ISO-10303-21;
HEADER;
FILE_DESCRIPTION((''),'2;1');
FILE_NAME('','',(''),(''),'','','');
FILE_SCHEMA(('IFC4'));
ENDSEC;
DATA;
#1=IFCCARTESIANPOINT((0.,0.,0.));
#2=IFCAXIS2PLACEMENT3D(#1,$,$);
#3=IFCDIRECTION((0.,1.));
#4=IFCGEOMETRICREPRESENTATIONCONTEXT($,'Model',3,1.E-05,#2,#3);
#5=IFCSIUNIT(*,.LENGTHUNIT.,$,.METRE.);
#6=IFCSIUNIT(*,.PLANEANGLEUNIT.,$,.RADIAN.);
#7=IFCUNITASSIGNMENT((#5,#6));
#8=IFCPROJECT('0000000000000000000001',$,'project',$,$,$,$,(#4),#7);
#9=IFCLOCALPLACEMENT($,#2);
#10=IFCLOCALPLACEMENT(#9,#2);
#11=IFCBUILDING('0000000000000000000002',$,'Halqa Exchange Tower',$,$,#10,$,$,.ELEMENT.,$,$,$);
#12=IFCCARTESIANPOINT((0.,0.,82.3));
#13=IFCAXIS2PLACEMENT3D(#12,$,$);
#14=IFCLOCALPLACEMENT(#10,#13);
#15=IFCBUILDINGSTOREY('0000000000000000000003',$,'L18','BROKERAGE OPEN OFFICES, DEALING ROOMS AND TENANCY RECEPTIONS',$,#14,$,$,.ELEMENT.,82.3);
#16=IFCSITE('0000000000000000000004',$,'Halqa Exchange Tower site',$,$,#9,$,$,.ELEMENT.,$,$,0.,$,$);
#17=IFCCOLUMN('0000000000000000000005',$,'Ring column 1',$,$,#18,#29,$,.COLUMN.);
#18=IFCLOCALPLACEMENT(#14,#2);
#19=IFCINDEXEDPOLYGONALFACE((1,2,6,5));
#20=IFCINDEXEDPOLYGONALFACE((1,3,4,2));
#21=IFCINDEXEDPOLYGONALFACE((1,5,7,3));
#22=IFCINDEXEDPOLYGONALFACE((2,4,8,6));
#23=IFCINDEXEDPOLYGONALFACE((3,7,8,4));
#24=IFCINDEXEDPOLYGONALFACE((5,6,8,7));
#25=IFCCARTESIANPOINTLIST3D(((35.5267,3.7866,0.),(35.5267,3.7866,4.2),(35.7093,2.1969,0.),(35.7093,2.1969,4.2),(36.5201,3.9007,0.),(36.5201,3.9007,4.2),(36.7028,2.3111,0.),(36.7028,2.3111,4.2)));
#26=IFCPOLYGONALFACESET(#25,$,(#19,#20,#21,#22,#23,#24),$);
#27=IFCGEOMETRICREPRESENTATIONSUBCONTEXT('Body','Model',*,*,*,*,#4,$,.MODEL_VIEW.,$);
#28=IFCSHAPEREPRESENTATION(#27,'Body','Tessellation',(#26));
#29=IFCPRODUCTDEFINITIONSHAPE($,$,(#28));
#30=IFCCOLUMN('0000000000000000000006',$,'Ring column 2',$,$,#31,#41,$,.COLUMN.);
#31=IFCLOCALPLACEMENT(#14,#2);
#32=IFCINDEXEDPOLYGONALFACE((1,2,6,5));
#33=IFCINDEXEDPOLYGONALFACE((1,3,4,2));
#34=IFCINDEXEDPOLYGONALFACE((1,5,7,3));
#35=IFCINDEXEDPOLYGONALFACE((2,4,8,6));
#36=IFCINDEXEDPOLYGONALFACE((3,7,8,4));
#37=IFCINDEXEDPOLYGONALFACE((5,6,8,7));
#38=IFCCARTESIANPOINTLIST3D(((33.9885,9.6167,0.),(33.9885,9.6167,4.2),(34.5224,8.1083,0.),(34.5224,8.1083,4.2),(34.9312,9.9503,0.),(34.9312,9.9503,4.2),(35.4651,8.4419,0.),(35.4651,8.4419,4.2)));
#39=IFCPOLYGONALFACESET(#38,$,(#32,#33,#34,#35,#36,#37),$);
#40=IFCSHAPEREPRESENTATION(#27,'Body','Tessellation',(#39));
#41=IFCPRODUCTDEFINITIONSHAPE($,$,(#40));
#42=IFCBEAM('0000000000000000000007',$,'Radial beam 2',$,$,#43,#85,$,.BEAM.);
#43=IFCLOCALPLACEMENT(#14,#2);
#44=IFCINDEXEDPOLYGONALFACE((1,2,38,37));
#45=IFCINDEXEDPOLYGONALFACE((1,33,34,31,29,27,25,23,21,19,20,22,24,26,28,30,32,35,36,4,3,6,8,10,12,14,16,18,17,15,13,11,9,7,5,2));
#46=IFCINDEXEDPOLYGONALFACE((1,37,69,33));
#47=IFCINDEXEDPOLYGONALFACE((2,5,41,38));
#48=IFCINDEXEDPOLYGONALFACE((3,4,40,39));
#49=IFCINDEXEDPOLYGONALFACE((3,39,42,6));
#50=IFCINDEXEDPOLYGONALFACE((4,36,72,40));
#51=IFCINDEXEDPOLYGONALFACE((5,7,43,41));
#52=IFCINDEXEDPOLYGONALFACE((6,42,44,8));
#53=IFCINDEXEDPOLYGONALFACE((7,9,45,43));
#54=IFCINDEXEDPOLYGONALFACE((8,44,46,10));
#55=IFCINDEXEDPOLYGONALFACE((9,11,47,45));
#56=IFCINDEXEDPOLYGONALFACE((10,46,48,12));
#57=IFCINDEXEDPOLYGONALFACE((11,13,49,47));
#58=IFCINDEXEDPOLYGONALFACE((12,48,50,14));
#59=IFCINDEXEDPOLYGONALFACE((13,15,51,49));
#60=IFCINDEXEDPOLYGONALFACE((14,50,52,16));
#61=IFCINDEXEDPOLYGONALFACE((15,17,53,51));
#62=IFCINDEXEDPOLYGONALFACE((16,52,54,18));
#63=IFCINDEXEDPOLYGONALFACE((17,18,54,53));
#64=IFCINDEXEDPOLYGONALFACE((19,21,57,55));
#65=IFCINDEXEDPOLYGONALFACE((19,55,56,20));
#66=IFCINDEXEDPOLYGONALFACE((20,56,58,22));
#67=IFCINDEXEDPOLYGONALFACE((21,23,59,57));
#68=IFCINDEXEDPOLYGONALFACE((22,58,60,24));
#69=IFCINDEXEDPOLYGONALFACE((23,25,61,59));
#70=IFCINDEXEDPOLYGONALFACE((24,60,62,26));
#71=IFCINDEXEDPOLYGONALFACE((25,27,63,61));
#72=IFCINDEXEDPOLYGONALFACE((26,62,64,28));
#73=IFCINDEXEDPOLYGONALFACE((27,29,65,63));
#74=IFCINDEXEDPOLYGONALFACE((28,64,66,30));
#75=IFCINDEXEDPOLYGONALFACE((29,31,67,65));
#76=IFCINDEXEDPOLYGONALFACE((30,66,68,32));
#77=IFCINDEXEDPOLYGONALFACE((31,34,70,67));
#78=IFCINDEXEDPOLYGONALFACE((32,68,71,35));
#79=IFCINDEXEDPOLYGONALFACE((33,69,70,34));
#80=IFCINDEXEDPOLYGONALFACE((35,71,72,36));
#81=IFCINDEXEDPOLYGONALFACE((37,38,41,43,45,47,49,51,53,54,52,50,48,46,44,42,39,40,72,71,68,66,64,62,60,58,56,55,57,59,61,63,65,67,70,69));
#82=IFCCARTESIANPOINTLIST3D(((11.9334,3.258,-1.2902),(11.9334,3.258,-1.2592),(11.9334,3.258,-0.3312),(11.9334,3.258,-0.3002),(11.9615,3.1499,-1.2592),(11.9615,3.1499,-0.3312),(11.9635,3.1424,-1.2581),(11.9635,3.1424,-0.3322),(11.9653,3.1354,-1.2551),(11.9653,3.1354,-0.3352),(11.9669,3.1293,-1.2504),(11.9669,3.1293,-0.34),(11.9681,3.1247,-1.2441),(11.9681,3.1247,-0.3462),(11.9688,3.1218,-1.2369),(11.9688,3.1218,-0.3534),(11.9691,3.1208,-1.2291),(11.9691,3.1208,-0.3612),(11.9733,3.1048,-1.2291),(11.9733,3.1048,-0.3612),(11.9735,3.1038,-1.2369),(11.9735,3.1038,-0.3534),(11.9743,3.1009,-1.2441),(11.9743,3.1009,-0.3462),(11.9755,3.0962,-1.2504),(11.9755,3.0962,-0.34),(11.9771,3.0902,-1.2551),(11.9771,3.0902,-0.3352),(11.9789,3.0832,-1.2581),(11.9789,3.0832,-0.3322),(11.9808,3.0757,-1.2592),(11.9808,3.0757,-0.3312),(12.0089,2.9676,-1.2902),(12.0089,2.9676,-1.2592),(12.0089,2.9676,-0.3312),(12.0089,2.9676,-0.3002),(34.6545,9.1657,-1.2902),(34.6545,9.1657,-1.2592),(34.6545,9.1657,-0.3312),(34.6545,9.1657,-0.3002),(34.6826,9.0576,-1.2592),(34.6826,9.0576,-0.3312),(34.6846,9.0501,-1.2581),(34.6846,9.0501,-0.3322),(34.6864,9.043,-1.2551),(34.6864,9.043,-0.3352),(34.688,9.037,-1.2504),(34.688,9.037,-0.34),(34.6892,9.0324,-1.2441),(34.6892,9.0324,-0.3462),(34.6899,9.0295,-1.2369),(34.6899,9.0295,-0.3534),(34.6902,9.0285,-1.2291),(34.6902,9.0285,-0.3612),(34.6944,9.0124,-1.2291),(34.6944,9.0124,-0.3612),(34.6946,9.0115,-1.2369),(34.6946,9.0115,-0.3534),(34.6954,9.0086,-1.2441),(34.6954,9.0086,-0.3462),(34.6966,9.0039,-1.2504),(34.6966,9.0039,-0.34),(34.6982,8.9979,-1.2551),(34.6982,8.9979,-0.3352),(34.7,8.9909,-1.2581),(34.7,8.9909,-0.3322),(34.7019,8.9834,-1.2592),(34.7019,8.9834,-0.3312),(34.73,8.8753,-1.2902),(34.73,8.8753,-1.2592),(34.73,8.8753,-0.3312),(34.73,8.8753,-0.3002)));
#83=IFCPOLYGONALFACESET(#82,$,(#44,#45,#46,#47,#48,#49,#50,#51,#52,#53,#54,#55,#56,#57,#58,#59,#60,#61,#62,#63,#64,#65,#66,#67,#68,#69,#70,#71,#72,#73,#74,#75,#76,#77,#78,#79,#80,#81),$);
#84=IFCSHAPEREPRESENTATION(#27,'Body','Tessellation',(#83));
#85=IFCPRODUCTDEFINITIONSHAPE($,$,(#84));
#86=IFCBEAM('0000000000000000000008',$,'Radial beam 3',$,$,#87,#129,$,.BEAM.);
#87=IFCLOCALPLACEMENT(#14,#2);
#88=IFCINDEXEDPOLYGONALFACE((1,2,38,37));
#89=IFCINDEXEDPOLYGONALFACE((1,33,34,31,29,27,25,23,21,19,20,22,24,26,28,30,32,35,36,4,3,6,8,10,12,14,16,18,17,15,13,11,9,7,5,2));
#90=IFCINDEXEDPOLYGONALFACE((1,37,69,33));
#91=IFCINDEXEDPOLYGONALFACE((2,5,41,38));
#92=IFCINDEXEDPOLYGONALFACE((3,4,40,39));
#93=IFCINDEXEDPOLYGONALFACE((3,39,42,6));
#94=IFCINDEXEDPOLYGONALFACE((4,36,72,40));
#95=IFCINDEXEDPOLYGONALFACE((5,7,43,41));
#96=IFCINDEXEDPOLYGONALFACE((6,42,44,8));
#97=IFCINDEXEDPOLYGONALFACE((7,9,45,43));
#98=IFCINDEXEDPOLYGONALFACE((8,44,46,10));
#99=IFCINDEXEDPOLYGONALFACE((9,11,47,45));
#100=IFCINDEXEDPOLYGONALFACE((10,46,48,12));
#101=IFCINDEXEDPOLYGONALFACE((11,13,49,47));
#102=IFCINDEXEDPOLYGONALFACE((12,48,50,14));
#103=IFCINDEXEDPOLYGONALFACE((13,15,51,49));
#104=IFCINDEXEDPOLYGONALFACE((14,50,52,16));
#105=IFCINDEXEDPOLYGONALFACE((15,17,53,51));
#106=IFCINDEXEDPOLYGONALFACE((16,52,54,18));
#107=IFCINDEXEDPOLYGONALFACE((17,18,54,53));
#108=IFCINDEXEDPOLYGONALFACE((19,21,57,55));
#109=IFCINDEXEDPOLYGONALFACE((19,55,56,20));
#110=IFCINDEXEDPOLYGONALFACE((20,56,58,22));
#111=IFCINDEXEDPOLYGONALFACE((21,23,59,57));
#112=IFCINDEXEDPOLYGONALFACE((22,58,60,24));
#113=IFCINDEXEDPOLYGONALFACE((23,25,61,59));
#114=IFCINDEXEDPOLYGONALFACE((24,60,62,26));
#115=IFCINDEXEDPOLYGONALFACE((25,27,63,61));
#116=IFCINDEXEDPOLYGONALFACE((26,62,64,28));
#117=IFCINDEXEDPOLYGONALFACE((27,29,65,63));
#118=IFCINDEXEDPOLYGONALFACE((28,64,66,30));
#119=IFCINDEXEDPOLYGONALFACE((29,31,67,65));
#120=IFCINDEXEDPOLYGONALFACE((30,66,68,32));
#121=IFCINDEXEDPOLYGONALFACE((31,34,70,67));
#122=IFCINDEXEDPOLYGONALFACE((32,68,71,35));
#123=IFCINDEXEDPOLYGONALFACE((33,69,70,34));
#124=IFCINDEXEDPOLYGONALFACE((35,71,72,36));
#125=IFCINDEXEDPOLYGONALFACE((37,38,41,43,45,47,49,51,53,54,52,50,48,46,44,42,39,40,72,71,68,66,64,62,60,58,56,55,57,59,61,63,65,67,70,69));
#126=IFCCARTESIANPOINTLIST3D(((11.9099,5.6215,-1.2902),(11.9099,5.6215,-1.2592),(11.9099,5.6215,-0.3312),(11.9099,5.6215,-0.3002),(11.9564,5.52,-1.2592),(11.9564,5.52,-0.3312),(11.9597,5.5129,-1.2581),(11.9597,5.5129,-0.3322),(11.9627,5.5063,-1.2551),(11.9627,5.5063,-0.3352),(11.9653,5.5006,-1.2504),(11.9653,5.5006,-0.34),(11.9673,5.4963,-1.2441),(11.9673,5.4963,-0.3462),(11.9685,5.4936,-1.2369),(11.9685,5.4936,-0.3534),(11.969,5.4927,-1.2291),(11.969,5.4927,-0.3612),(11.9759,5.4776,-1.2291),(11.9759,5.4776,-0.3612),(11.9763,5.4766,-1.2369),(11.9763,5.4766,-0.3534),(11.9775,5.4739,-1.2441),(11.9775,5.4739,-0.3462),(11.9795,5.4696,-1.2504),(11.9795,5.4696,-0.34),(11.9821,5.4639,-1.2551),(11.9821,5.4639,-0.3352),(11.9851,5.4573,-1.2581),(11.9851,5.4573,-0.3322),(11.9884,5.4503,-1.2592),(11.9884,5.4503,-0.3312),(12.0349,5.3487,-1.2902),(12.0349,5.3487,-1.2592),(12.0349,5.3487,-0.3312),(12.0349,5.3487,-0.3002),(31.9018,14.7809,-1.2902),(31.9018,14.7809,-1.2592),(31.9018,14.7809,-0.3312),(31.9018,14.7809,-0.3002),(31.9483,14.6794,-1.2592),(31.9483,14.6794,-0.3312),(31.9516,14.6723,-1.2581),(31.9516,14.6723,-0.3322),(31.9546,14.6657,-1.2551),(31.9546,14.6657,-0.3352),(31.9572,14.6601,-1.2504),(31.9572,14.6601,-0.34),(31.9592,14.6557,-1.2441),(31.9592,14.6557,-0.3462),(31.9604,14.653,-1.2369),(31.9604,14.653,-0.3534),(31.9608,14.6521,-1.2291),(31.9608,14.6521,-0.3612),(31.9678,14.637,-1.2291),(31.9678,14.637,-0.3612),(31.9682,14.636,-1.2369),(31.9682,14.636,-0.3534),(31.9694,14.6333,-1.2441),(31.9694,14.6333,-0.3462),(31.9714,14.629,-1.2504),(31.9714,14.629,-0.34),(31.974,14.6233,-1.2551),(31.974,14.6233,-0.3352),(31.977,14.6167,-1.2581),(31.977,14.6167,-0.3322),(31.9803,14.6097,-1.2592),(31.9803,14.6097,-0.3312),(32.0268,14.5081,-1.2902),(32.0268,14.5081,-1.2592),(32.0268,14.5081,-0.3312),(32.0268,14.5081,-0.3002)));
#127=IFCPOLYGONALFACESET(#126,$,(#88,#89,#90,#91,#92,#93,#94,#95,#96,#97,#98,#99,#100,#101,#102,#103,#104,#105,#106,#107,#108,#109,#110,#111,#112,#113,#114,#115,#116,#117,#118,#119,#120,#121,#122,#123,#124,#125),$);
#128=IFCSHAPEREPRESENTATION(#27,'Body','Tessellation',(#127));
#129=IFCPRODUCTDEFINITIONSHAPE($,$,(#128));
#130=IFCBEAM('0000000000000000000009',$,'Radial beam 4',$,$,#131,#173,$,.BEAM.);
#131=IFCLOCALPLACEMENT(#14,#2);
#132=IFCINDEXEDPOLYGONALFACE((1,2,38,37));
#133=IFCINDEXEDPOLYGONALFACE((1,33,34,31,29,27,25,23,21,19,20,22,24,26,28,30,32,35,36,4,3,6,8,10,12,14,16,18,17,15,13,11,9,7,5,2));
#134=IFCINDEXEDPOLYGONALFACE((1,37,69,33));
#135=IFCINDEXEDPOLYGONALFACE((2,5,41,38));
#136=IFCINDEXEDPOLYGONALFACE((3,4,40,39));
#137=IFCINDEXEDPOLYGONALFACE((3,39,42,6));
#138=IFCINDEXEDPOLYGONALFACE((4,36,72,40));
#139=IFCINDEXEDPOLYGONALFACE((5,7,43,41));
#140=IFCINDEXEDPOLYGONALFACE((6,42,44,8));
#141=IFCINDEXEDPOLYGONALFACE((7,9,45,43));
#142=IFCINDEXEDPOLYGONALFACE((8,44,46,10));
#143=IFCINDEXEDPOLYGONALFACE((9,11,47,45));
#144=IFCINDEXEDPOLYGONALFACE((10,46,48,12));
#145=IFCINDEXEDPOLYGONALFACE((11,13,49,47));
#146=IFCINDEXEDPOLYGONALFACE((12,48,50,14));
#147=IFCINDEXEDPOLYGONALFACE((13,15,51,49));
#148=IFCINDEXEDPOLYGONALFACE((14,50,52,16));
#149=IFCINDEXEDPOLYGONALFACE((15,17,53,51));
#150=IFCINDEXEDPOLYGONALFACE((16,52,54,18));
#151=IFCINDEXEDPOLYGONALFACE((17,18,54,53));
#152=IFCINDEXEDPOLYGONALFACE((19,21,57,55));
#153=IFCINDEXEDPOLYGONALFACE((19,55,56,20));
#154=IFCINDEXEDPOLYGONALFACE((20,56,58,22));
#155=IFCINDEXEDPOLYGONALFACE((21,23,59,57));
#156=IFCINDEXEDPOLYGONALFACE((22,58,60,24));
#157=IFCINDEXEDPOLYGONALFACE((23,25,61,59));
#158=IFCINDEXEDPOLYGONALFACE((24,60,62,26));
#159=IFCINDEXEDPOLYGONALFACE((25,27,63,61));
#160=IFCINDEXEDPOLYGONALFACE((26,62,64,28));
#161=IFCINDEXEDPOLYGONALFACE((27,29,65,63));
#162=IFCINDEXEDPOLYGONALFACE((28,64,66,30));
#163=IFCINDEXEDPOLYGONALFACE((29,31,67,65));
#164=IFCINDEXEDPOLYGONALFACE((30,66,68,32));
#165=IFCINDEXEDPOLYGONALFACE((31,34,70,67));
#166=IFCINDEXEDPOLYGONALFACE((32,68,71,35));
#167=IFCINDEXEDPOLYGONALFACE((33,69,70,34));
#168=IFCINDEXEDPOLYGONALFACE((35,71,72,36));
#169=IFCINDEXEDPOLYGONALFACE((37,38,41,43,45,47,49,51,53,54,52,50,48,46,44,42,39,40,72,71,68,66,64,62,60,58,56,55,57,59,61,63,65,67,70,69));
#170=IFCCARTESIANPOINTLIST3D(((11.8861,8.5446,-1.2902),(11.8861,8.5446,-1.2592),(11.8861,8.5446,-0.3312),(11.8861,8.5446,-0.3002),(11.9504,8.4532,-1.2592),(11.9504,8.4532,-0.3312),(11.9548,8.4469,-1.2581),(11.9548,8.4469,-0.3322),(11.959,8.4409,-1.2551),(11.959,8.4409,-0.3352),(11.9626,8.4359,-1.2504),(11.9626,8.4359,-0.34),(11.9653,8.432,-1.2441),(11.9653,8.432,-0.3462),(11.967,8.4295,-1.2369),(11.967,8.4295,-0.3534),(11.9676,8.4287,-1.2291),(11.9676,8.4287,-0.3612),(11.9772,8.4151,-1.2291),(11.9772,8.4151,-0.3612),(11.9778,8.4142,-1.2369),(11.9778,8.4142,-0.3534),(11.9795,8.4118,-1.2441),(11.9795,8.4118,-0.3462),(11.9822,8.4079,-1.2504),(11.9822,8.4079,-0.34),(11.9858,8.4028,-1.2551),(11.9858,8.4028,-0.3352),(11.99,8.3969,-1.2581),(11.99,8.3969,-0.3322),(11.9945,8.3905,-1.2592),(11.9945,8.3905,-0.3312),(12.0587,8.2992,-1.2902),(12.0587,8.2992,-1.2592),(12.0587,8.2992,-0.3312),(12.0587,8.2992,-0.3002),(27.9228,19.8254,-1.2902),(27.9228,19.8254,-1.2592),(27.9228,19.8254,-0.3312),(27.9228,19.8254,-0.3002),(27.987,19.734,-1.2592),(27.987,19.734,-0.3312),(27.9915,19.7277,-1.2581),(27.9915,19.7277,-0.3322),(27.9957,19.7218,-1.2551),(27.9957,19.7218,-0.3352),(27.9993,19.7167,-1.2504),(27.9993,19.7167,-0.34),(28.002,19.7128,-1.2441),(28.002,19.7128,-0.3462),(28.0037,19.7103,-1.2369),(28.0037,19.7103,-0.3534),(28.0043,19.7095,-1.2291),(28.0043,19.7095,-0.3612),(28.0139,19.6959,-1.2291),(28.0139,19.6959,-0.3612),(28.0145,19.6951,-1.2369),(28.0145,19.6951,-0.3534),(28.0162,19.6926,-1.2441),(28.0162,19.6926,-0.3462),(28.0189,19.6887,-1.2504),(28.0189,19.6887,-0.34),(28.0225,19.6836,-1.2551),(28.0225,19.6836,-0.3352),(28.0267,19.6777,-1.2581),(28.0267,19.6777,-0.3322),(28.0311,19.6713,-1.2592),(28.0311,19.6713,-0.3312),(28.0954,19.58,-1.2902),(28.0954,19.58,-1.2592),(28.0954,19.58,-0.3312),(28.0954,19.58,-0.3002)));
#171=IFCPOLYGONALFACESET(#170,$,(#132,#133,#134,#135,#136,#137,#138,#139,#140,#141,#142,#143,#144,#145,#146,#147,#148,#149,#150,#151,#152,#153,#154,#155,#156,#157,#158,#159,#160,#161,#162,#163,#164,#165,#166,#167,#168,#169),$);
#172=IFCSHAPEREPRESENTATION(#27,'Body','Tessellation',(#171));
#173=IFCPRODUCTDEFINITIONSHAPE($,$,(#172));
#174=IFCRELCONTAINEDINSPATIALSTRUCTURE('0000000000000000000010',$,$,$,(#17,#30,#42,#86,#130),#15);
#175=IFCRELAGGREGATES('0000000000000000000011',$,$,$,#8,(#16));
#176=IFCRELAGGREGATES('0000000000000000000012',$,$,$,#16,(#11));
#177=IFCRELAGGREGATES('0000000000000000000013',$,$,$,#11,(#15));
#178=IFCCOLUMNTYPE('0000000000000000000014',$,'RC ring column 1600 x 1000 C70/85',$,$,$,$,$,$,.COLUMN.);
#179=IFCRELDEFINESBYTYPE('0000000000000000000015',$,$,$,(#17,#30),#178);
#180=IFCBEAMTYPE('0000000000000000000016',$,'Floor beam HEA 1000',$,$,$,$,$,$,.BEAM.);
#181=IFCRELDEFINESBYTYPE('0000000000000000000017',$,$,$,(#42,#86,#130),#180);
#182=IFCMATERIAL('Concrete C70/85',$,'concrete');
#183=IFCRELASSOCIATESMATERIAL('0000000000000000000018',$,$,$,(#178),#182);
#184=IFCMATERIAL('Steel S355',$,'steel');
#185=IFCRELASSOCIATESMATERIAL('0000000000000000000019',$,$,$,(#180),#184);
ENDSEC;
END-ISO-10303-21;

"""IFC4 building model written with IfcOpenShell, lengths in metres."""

from ifc_helpers import new_model, si_unit, direction, frame, origin, origin_2d, place, context, subcontext, project, spatial, rectangle, i_section, extrude, material, material_profile, profile_set, type_object, element, save


model = new_model("IFC4")

# Units and contexts
model_context = context("Model", 3, precision=1e-05, world=origin(), true_north=direction((0.0, 1.0)))
body_context = subcontext(model_context, "Body", "Model", "MODEL_VIEW")
ifc_project = project(units=[si_unit("LENGTHUNIT", "METRE"), si_unit("PLANEANGLEUNIT", "RADIAN")], contexts=[model_context])

# Site, building, storey
site_placement = place(None, origin())
site = spatial("IfcSite", under=ifc_project, at=site_placement, Name="Halqa Exchange Tower site", CompositionType="ELEMENT", RefElevation=0.0)
building_placement = place(site_placement, origin())
building = spatial("IfcBuilding", under=site, at=building_placement, Name="Halqa Exchange Tower", CompositionType="ELEMENT")
storey_placement = place(building_placement, frame((0.0, 0.0, 82.3)))
storey = spatial("IfcBuildingStorey", under=building, at=storey_placement, Name="L18", Description="BROKERAGE OPEN OFFICES, DEALING ROOMS AND TENANCY RECEPTIONS", CompositionType="ELEMENT", Elevation=82.3)

# Columns
ifc_material_1 = material(Name="Concrete C70/85", Category="concrete")
ifc_material_profile_1 = material_profile(ifc_material_1, rectangle(XDim=1.6001, YDim=1.0, at=origin_2d()), Name="1600 x 1000")
ifc_profile_set_1 = profile_set([ifc_material_profile_1], Name="Concrete C70/85")
column_type = type_object("IfcColumnType", Name="RC ring column 1600 x 1000 C70/85", PredefinedType="COLUMN", material=ifc_profile_set_1)
for number, where, z_axis, x_axis, name in (
    (1, (36.1147, 3.0488, 0.0), (0.0, 0.0, 1.0), (-0.114157, 0.993463, 0.0), "Ring column 1"),
    (2, (34.7268, 9.0293, 0.0), (0.0, 0.0, 1.0), (-0.333631, 0.942704, 0.0), "Ring column 2"),
):
    element("IfcColumn", number, at=place(storey_placement, frame(where, z_axis=z_axis, x_axis=x_axis)), inside=storey, type_object=column_type, Name=name, PredefinedType="COLUMN", context=body_context, shape_type="SweptSolid", body=[
        extrude(rectangle(XDim=1.6001, YDim=1.0, at=origin_2d()), origin(), (0.0, 0.0, 1.0), 4.2),
    ])

# Beams
ifc_material_2 = material(Name="Steel S355", Category="steel")
ifc_material_profile_2 = material_profile(ifc_material_2, i_section(OverallWidth=0.3, OverallDepth=0.99, WebThickness=0.0166, FlangeThickness=0.031, FilletRadius=0.03, at=origin_2d()), Name="HEA 1000")
ifc_profile_set_2 = profile_set([ifc_material_profile_2], Name="Steel S355")
beam_type_1 = type_object("IfcBeamType", Name="Floor beam HEA 1000", PredefinedType="BEAM", material=ifc_profile_set_2)
beam_1_placement = place(storey_placement, frame((11.9712, 3.1128, -0.7952), z_axis=(0.96782, 0.251642, 0.0), x_axis=(-0.251642, 0.96782, 0.0)))
element("IfcBeam", 3, at=beam_1_placement, inside=storey, type_object=beam_type_1, Name="Radial beam 2", PredefinedType="BEAM", context=body_context, shape_type="SweptSolid", body=[
    extrude(i_section(OverallWidth=0.3, OverallDepth=0.99, WebThickness=0.0166, FlangeThickness=0.031, FilletRadius=0.03, at=origin_2d()), origin(), (0.0, 0.0, 1.0), 23.4766),
])
beam_2_placement = place(storey_placement, frame((11.9724, 5.4851, -0.7952), z_axis=(0.909126, 0.416521, 0.0), x_axis=(-0.416521, 0.909126, 0.0)))
element("IfcBeam", 4, at=beam_2_placement, inside=storey, type_object=beam_type_1, Name="Radial beam 3", PredefinedType="BEAM", context=body_context, shape_type="SweptSolid", body=[
    extrude(i_section(OverallWidth=0.3, OverallDepth=0.99, WebThickness=0.0166, FlangeThickness=0.031, FilletRadius=0.03, at=origin_2d()), origin(), (0.0, 0.0, 1.0), 21.9902),
])
beam_3_placement = place(storey_placement, frame((11.9724, 8.4219, -0.7952), z_axis=(0.817909, 0.575348, 0.0), x_axis=(-0.575348, 0.817909, 0.0)))
element("IfcBeam", 5, at=beam_3_placement, inside=storey, type_object=beam_type_1, Name="Radial beam 4", PredefinedType="BEAM", context=body_context, shape_type="SweptSolid", body=[
    extrude(i_section(OverallWidth=0.3, OverallDepth=0.99, WebThickness=0.0166, FlangeThickness=0.031, FilletRadius=0.03, at=origin_2d()), origin(), (0.0, 0.0, 1.0), 19.6069),
])

save(model, "model.ifc")
